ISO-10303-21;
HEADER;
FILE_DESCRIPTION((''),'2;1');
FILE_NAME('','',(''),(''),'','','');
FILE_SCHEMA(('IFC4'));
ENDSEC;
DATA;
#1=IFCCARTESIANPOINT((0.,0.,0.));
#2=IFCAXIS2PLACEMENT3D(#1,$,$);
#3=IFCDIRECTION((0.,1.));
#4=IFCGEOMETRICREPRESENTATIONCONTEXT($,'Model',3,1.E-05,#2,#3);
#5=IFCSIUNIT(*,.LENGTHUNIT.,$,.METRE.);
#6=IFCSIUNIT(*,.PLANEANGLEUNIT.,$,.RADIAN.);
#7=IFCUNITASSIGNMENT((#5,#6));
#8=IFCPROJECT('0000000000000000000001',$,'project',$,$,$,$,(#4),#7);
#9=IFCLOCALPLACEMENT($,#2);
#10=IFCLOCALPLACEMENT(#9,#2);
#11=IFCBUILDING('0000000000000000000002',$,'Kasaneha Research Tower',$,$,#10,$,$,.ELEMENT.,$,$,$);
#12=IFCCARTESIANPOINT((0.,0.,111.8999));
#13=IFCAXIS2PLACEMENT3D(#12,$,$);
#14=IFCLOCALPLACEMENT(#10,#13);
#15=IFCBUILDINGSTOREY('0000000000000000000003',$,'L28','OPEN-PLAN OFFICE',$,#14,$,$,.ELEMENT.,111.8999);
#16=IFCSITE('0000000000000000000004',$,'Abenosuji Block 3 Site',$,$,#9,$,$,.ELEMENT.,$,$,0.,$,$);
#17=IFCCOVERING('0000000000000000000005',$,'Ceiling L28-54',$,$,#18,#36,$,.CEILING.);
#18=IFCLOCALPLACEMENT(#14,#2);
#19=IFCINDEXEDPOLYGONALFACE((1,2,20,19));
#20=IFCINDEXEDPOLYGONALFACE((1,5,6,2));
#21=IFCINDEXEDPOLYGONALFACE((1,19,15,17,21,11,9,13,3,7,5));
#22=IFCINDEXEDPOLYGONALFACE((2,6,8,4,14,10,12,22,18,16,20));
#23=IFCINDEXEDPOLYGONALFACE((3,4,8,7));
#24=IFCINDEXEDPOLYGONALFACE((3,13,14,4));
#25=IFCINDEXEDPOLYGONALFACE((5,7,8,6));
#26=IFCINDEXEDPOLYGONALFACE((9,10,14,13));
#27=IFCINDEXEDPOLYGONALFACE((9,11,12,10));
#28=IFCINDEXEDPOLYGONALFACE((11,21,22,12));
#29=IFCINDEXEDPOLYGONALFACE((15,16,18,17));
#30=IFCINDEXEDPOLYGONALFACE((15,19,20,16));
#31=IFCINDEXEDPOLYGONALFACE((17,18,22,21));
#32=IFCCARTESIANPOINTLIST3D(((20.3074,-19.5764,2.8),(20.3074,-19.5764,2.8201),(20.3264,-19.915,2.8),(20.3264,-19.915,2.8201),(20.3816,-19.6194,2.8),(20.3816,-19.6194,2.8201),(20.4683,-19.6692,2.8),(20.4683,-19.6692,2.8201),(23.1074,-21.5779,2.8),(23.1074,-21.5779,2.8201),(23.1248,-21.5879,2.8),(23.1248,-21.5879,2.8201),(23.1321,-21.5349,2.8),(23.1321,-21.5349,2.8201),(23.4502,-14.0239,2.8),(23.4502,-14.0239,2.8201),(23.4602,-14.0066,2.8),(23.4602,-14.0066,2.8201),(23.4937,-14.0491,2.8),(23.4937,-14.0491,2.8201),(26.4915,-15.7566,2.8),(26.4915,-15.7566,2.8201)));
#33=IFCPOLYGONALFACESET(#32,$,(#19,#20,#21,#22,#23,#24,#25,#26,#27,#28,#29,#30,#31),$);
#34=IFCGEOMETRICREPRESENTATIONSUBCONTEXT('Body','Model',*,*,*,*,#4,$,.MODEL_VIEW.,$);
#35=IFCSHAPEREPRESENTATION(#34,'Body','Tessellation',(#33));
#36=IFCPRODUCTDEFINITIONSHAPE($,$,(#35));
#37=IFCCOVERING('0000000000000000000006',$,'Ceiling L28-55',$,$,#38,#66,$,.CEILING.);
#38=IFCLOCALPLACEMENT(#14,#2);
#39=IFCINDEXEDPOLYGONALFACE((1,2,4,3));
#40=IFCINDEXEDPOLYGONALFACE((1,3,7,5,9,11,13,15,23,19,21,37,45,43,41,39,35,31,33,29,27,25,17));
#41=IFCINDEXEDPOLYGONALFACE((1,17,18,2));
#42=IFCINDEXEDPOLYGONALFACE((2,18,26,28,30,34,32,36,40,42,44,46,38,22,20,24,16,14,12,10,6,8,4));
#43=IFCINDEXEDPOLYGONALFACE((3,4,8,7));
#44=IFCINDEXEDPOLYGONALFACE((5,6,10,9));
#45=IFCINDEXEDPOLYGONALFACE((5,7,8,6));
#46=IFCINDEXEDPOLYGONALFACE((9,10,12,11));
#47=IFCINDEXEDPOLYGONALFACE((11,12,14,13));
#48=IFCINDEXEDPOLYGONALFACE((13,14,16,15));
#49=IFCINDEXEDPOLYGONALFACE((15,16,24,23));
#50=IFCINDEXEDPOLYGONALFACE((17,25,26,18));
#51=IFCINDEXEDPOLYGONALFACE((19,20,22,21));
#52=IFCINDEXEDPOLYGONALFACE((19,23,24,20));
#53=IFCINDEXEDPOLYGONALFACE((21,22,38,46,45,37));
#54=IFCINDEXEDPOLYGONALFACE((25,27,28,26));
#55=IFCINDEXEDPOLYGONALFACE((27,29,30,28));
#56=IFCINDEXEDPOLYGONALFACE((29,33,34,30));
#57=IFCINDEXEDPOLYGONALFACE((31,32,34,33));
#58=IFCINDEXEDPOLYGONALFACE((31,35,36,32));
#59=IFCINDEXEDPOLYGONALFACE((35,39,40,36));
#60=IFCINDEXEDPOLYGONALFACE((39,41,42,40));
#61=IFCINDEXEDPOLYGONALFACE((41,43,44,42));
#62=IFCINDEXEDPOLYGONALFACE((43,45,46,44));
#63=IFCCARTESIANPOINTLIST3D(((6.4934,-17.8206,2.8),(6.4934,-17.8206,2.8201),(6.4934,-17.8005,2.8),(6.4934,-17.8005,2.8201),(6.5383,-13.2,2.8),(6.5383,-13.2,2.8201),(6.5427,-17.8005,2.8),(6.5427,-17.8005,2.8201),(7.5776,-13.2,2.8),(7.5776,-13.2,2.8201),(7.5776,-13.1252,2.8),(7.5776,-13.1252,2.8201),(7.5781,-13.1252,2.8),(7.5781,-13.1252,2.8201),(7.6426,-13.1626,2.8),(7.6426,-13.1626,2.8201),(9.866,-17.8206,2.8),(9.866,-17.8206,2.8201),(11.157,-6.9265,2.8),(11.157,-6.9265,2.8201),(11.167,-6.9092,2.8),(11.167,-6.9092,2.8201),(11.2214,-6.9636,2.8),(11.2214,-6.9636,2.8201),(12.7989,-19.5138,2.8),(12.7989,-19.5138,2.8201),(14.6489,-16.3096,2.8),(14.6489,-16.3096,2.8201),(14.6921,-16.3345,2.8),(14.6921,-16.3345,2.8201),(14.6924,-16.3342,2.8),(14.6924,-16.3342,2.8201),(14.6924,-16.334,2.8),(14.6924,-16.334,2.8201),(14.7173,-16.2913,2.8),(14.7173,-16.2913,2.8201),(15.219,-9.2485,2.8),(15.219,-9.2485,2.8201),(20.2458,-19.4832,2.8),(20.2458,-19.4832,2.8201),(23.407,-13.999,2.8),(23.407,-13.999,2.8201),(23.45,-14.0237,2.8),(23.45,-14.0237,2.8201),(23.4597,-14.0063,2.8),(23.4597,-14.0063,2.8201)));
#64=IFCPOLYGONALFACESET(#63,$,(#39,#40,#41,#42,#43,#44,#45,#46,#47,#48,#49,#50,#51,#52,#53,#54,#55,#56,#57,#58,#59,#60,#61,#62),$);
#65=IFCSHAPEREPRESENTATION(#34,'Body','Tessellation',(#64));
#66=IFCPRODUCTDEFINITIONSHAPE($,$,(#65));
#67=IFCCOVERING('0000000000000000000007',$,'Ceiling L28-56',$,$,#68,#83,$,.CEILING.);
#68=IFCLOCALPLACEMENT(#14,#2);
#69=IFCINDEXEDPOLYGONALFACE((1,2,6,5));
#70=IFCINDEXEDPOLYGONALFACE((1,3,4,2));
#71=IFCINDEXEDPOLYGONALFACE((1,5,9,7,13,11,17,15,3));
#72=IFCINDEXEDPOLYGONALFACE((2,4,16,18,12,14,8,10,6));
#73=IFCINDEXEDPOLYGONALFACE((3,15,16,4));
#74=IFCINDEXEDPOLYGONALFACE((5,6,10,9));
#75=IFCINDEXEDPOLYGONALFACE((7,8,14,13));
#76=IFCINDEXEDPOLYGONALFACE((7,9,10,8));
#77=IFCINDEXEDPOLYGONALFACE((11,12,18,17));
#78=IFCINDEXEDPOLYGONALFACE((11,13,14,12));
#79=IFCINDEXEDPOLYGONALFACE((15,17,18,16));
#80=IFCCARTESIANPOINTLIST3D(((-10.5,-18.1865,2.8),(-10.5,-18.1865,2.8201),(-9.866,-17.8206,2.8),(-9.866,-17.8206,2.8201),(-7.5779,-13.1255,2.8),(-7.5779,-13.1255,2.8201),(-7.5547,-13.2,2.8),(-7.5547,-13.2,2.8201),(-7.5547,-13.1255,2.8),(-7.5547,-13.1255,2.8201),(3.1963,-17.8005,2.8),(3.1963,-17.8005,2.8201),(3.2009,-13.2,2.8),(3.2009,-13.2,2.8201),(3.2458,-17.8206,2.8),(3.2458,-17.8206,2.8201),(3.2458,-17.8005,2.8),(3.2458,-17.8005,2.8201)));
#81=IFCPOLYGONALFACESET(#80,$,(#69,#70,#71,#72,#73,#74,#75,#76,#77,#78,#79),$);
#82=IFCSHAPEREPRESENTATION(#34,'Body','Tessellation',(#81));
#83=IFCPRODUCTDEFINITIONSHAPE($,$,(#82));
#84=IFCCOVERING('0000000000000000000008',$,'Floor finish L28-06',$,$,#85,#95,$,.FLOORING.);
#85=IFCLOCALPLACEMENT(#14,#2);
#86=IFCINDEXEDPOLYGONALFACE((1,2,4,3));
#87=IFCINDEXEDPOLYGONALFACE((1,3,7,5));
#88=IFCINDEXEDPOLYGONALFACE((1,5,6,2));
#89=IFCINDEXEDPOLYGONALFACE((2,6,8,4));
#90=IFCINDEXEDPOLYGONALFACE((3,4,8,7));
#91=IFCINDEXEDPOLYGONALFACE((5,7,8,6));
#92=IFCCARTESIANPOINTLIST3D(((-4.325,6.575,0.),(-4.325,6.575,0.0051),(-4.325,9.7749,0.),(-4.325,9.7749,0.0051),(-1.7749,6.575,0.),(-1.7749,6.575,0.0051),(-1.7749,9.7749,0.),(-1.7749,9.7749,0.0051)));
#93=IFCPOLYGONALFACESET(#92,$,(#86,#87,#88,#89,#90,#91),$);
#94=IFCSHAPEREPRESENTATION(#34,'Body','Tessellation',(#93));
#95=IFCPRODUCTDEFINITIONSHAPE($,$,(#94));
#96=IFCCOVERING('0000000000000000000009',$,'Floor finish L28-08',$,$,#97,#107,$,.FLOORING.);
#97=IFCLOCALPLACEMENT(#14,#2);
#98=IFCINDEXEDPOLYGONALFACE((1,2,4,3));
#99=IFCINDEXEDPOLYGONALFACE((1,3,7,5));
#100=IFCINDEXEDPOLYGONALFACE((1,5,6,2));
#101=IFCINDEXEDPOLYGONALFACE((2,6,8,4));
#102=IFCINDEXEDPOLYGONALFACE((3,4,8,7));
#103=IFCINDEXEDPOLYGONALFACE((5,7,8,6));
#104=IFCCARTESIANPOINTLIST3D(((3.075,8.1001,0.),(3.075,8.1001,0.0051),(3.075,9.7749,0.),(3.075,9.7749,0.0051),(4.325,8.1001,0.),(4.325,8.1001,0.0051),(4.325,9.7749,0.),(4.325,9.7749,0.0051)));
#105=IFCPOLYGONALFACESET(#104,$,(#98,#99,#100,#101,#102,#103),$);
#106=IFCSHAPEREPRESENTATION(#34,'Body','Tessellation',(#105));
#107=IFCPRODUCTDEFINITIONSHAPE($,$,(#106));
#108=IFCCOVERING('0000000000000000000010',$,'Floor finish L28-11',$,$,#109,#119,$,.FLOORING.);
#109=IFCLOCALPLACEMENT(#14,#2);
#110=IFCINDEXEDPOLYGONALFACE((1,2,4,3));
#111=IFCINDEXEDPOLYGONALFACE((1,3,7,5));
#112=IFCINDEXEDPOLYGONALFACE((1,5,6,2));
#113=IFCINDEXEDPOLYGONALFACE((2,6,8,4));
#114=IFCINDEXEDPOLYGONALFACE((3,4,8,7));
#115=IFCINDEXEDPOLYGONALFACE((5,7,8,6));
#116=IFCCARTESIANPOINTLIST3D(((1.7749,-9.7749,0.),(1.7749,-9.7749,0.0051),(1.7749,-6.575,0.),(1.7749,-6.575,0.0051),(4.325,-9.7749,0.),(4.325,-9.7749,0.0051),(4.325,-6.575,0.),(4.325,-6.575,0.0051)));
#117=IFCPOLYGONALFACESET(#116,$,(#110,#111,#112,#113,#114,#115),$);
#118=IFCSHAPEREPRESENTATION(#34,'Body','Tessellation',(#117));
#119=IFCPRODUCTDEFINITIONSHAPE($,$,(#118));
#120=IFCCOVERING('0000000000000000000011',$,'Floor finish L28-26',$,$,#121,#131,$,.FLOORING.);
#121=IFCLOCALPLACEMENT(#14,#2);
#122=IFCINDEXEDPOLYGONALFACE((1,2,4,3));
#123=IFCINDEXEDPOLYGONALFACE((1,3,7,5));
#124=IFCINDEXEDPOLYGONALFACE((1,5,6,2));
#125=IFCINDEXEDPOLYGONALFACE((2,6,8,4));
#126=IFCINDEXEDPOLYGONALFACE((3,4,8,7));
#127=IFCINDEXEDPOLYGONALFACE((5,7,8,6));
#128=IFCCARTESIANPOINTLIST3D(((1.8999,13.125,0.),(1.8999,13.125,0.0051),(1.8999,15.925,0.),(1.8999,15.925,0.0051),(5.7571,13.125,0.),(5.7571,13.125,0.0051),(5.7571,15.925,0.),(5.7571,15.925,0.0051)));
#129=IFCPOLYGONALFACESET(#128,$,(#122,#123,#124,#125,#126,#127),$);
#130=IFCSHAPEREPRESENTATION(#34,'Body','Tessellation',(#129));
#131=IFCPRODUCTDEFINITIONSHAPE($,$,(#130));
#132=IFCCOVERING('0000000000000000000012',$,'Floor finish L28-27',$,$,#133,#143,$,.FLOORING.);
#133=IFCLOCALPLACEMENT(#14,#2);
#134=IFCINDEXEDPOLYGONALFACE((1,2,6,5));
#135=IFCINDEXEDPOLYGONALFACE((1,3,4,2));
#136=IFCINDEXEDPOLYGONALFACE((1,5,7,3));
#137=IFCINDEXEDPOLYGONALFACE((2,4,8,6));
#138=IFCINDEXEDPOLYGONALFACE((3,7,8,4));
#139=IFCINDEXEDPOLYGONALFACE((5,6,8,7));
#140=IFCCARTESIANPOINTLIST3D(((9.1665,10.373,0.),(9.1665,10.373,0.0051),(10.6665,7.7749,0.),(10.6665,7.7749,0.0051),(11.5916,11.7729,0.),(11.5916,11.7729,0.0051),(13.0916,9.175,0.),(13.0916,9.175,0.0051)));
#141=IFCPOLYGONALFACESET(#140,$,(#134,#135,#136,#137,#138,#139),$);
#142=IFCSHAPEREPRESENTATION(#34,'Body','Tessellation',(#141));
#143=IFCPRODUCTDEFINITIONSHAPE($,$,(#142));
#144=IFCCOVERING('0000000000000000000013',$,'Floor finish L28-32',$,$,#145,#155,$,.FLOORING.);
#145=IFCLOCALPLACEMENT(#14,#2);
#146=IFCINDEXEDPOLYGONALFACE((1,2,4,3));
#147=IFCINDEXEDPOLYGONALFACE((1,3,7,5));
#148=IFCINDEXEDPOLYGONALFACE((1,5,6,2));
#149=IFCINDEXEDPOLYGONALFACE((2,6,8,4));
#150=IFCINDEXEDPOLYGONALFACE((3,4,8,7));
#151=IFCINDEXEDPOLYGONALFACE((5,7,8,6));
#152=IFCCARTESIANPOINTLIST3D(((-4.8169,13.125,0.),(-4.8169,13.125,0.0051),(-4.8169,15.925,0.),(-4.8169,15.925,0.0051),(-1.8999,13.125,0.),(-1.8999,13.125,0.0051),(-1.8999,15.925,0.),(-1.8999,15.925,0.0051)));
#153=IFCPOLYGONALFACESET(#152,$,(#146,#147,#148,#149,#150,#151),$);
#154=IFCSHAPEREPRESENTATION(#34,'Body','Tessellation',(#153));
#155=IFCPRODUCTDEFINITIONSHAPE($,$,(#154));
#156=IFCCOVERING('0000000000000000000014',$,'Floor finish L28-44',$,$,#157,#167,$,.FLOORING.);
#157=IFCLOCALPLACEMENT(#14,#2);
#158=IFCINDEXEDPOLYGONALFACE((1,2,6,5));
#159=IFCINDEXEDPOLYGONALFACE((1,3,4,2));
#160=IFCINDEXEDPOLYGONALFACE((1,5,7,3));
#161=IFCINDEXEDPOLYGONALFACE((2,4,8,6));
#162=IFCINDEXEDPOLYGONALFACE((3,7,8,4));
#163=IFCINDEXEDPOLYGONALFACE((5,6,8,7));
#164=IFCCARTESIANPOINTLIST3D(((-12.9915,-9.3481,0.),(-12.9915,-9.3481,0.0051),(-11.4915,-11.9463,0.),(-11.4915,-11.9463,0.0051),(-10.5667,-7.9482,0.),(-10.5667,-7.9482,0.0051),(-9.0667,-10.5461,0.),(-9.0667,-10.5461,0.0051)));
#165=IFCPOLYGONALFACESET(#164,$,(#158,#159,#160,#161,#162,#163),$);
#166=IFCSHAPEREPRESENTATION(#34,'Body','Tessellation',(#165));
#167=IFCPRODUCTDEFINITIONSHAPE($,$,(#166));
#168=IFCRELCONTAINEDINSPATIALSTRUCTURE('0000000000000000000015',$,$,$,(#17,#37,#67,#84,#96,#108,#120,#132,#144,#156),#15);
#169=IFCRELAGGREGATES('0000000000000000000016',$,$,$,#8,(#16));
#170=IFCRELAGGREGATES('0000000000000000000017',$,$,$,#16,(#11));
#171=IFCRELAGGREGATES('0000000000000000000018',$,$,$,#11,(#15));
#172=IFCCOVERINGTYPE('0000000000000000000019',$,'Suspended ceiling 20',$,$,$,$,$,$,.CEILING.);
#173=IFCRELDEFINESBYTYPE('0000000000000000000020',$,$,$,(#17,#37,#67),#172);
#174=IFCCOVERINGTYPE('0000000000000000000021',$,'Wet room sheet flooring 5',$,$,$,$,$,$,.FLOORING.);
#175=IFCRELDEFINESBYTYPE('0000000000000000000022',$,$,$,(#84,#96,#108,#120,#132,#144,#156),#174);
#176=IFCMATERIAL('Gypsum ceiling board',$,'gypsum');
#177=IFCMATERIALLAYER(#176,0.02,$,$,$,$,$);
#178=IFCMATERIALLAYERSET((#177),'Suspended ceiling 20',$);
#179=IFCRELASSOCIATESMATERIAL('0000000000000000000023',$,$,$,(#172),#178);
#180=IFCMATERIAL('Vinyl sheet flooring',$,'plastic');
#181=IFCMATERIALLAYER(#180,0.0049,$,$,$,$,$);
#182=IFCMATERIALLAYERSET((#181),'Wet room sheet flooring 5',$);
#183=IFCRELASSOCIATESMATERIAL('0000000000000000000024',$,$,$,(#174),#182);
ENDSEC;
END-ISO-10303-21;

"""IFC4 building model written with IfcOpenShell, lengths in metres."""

from ifc_helpers import new_model, si_unit, direction, frame, origin, place, context, subcontext, project, spatial, polyline, outline, extrude, material, layer, layer_set, type_object, element, save


model = new_model("IFC4")

# Units and contexts
model_context = context("Model", 3, precision=1e-05, world=origin(), true_north=direction((0.0, 1.0)))
body_context = subcontext(model_context, "Body", "Model", "MODEL_VIEW")
ifc_project = project(units=[si_unit("LENGTHUNIT", "METRE"), si_unit("PLANEANGLEUNIT", "RADIAN")], contexts=[model_context])

# Site, building, storey
site_placement = place(None, origin())
site = spatial("IfcSite", under=ifc_project, at=site_placement, Name="Abenosuji Block 3 Site", CompositionType="ELEMENT", RefElevation=0.0)
building_placement = place(site_placement, origin())
building = spatial("IfcBuilding", under=site, at=building_placement, Name="Kasaneha Research Tower", CompositionType="ELEMENT")
storey_placement = place(building_placement, frame((0.0, 0.0, 111.8999)))
storey = spatial("IfcBuildingStorey", under=building, at=storey_placement, Name="L28", Description="OPEN-PLAN OFFICE", CompositionType="ELEMENT", Elevation=111.8999)

# Coverings
ifc_material_1 = material(Name="Gypsum ceiling board", Category="gypsum")
ifc_layer_1 = layer(ifc_material_1, 0.02)
ifc_layer_set_1 = layer_set([ifc_layer_1], Name="Suspended ceiling 20")
covering_type_1 = type_object("IfcCoveringType", Name="Suspended ceiling 20", PredefinedType="CEILING", material=ifc_layer_set_1)
covering_1_placement = place(storey_placement, frame((0.0, 0.0, 2.8)))
element("IfcCovering", 1, at=covering_1_placement, inside=storey, type_object=covering_type_1, Name="Ceiling L28-54", PredefinedType="CEILING", context=body_context, shape_type="SweptSolid", body=[
    extrude(outline(polyline([(23.1074, -21.5779), (23.1321, -21.5349), (20.3264, -19.915), (20.4683, -19.6692), (20.3816, -19.6194), (20.3816, -19.6194), (20.3074, -19.5764), (23.4937, -14.0491), (23.4502, -14.0239), (23.4602, -14.0066), (26.4915, -15.7566), (23.1248, -21.5879), (23.1074, -21.5779)])), origin(), (0.0, 0.0, 1.0), 0.02),
])
covering_2_placement = place(storey_placement, frame((0.0, 0.0, 2.8)))
element("IfcCovering", 2, at=covering_2_placement, inside=storey, type_object=covering_type_1, Name="Ceiling L28-55", PredefinedType="CEILING", context=body_context, shape_type="SweptSolid", body=[
    extrude(outline(polyline([(7.5781, -13.1252), (7.5781, -13.1252), (7.6426, -13.1626), (11.2214, -6.9636), (11.157, -6.9265), (11.167, -6.9092), (15.219, -9.2485), (23.4597, -14.0063), (23.45, -14.0237), (23.407, -13.999), (20.2458, -19.4832), (14.7173, -16.2913), (14.6924, -16.3342), (14.6924, -16.334), (14.6921, -16.3345), (14.6489, -16.3096), (12.7988, -19.5139), (12.8418, -19.5386), (12.8418, -19.5386), (9.866, -17.8206), (6.4934, -17.8206), (6.4934, -17.8005), (6.5427, -17.8005), (6.5383, -13.2), (7.5776, -13.2), (7.5776, -13.1252), (7.5781, -13.1252)])), origin(), (0.0, 0.0, 1.0), 0.02),
])
covering_3_placement = place(storey_placement, frame((0.0, 0.0, 2.8)))
element("IfcCovering", 3, at=covering_3_placement, inside=storey, type_object=covering_type_1, Name="Ceiling L28-56", PredefinedType="CEILING", context=body_context, shape_type="SweptSolid", body=[
    extrude(outline(polyline([(-7.5779, -13.1255), (-7.5547, -13.1255), (-7.5547, -13.2), (3.2009, -13.2), (3.1963, -17.8005), (3.2458, -17.8005), (3.2458, -17.8206), (-9.866, -17.8206), (-10.5, -18.1865), (-7.5779, -13.1255)])), origin(), (0.0, 0.0, 1.0), 0.02),
])
ifc_material_2 = material(Name="Vinyl sheet flooring", Category="plastic")
ifc_layer_2 = layer(ifc_material_2, 0.0049)
ifc_layer_set_2 = layer_set([ifc_layer_2], Name="Wet room sheet flooring 5")
covering_type_2 = type_object("IfcCoveringType", Name="Wet room sheet flooring 5", PredefinedType="FLOORING", material=ifc_layer_set_2)
covering_4_placement = place(storey_placement, origin())
element("IfcCovering", 4, at=covering_4_placement, inside=storey, type_object=covering_type_2, Name="Floor finish L28-06", PredefinedType="FLOORING", context=body_context, shape_type="SweptSolid", body=[
    extrude(outline(polyline([(-1.7749, 9.7749), (-1.7749, 6.575), (-4.325, 6.575), (-4.325, 9.7749), (-1.7749, 9.7749)])), origin(), (0.0, 0.0, 1.0), 0.0051),
])
covering_5_placement = place(storey_placement, origin())
element("IfcCovering", 5, at=covering_5_placement, inside=storey, type_object=covering_type_2, Name="Floor finish L28-08", PredefinedType="FLOORING", context=body_context, shape_type="SweptSolid", body=[
    extrude(outline(polyline([(4.325, 8.1001), (3.075, 8.1001), (3.075, 9.7749), (4.325, 9.7749), (4.325, 8.1001)])), origin(), (0.0, 0.0, 1.0), 0.0051),
])
covering_6_placement = place(storey_placement, origin())
element("IfcCovering", 6, at=covering_6_placement, inside=storey, type_object=covering_type_2, Name="Floor finish L28-11", PredefinedType="FLOORING", context=body_context, shape_type="SweptSolid", body=[
    extrude(outline(polyline([(1.7749, -9.7749), (1.7749, -6.575), (4.325, -6.575), (4.325, -9.7749), (1.7749, -9.7749)])), origin(), (0.0, 0.0, 1.0), 0.0051),
])
covering_7_placement = place(storey_placement, origin())
element("IfcCovering", 7, at=covering_7_placement, inside=storey, type_object=covering_type_2, Name="Floor finish L28-26", PredefinedType="FLOORING", context=body_context, shape_type="SweptSolid", body=[
    extrude(outline(polyline([(1.8999, 15.925), (5.7571, 15.925), (5.7571, 13.125), (1.8999, 13.125), (1.8999, 15.925)])), origin(), (0.0, 0.0, 1.0), 0.0051),
])
covering_8_placement = place(storey_placement, origin())
element("IfcCovering", 8, at=covering_8_placement, inside=storey, type_object=covering_type_2, Name="Floor finish L28-27", PredefinedType="FLOORING", context=body_context, shape_type="SweptSolid", body=[
    extrude(outline(polyline([(11.5916, 11.7729), (13.0916, 9.175), (10.6665, 7.7749), (9.1665, 10.373), (11.5916, 11.7729)])), origin(), (0.0, 0.0, 1.0), 0.0051),
])
covering_9_placement = place(storey_placement, origin())
element("IfcCovering", 9, at=covering_9_placement, inside=storey, type_object=covering_type_2, Name="Floor finish L28-32", PredefinedType="FLOORING", context=body_context, shape_type="SweptSolid", body=[
    extrude(outline(polyline([(-4.8169, 15.925), (-1.8999, 15.925), (-1.8999, 13.125), (-4.8169, 13.125), (-4.8169, 15.925)])), origin(), (0.0, 0.0, 1.0), 0.0051),
])
covering_10_placement = place(storey_placement, origin())
element("IfcCovering", 10, at=covering_10_placement, inside=storey, type_object=covering_type_2, Name="Floor finish L28-44", PredefinedType="FLOORING", context=body_context, shape_type="SweptSolid", body=[
    extrude(outline(polyline([(-11.4915, -11.9463), (-12.9915, -9.3481), (-10.5667, -7.9482), (-9.0667, -10.5461), (-11.4915, -11.9463)])), origin(), (0.0, 0.0, 1.0), 0.0051),
])

save(model, "model.ifc")
